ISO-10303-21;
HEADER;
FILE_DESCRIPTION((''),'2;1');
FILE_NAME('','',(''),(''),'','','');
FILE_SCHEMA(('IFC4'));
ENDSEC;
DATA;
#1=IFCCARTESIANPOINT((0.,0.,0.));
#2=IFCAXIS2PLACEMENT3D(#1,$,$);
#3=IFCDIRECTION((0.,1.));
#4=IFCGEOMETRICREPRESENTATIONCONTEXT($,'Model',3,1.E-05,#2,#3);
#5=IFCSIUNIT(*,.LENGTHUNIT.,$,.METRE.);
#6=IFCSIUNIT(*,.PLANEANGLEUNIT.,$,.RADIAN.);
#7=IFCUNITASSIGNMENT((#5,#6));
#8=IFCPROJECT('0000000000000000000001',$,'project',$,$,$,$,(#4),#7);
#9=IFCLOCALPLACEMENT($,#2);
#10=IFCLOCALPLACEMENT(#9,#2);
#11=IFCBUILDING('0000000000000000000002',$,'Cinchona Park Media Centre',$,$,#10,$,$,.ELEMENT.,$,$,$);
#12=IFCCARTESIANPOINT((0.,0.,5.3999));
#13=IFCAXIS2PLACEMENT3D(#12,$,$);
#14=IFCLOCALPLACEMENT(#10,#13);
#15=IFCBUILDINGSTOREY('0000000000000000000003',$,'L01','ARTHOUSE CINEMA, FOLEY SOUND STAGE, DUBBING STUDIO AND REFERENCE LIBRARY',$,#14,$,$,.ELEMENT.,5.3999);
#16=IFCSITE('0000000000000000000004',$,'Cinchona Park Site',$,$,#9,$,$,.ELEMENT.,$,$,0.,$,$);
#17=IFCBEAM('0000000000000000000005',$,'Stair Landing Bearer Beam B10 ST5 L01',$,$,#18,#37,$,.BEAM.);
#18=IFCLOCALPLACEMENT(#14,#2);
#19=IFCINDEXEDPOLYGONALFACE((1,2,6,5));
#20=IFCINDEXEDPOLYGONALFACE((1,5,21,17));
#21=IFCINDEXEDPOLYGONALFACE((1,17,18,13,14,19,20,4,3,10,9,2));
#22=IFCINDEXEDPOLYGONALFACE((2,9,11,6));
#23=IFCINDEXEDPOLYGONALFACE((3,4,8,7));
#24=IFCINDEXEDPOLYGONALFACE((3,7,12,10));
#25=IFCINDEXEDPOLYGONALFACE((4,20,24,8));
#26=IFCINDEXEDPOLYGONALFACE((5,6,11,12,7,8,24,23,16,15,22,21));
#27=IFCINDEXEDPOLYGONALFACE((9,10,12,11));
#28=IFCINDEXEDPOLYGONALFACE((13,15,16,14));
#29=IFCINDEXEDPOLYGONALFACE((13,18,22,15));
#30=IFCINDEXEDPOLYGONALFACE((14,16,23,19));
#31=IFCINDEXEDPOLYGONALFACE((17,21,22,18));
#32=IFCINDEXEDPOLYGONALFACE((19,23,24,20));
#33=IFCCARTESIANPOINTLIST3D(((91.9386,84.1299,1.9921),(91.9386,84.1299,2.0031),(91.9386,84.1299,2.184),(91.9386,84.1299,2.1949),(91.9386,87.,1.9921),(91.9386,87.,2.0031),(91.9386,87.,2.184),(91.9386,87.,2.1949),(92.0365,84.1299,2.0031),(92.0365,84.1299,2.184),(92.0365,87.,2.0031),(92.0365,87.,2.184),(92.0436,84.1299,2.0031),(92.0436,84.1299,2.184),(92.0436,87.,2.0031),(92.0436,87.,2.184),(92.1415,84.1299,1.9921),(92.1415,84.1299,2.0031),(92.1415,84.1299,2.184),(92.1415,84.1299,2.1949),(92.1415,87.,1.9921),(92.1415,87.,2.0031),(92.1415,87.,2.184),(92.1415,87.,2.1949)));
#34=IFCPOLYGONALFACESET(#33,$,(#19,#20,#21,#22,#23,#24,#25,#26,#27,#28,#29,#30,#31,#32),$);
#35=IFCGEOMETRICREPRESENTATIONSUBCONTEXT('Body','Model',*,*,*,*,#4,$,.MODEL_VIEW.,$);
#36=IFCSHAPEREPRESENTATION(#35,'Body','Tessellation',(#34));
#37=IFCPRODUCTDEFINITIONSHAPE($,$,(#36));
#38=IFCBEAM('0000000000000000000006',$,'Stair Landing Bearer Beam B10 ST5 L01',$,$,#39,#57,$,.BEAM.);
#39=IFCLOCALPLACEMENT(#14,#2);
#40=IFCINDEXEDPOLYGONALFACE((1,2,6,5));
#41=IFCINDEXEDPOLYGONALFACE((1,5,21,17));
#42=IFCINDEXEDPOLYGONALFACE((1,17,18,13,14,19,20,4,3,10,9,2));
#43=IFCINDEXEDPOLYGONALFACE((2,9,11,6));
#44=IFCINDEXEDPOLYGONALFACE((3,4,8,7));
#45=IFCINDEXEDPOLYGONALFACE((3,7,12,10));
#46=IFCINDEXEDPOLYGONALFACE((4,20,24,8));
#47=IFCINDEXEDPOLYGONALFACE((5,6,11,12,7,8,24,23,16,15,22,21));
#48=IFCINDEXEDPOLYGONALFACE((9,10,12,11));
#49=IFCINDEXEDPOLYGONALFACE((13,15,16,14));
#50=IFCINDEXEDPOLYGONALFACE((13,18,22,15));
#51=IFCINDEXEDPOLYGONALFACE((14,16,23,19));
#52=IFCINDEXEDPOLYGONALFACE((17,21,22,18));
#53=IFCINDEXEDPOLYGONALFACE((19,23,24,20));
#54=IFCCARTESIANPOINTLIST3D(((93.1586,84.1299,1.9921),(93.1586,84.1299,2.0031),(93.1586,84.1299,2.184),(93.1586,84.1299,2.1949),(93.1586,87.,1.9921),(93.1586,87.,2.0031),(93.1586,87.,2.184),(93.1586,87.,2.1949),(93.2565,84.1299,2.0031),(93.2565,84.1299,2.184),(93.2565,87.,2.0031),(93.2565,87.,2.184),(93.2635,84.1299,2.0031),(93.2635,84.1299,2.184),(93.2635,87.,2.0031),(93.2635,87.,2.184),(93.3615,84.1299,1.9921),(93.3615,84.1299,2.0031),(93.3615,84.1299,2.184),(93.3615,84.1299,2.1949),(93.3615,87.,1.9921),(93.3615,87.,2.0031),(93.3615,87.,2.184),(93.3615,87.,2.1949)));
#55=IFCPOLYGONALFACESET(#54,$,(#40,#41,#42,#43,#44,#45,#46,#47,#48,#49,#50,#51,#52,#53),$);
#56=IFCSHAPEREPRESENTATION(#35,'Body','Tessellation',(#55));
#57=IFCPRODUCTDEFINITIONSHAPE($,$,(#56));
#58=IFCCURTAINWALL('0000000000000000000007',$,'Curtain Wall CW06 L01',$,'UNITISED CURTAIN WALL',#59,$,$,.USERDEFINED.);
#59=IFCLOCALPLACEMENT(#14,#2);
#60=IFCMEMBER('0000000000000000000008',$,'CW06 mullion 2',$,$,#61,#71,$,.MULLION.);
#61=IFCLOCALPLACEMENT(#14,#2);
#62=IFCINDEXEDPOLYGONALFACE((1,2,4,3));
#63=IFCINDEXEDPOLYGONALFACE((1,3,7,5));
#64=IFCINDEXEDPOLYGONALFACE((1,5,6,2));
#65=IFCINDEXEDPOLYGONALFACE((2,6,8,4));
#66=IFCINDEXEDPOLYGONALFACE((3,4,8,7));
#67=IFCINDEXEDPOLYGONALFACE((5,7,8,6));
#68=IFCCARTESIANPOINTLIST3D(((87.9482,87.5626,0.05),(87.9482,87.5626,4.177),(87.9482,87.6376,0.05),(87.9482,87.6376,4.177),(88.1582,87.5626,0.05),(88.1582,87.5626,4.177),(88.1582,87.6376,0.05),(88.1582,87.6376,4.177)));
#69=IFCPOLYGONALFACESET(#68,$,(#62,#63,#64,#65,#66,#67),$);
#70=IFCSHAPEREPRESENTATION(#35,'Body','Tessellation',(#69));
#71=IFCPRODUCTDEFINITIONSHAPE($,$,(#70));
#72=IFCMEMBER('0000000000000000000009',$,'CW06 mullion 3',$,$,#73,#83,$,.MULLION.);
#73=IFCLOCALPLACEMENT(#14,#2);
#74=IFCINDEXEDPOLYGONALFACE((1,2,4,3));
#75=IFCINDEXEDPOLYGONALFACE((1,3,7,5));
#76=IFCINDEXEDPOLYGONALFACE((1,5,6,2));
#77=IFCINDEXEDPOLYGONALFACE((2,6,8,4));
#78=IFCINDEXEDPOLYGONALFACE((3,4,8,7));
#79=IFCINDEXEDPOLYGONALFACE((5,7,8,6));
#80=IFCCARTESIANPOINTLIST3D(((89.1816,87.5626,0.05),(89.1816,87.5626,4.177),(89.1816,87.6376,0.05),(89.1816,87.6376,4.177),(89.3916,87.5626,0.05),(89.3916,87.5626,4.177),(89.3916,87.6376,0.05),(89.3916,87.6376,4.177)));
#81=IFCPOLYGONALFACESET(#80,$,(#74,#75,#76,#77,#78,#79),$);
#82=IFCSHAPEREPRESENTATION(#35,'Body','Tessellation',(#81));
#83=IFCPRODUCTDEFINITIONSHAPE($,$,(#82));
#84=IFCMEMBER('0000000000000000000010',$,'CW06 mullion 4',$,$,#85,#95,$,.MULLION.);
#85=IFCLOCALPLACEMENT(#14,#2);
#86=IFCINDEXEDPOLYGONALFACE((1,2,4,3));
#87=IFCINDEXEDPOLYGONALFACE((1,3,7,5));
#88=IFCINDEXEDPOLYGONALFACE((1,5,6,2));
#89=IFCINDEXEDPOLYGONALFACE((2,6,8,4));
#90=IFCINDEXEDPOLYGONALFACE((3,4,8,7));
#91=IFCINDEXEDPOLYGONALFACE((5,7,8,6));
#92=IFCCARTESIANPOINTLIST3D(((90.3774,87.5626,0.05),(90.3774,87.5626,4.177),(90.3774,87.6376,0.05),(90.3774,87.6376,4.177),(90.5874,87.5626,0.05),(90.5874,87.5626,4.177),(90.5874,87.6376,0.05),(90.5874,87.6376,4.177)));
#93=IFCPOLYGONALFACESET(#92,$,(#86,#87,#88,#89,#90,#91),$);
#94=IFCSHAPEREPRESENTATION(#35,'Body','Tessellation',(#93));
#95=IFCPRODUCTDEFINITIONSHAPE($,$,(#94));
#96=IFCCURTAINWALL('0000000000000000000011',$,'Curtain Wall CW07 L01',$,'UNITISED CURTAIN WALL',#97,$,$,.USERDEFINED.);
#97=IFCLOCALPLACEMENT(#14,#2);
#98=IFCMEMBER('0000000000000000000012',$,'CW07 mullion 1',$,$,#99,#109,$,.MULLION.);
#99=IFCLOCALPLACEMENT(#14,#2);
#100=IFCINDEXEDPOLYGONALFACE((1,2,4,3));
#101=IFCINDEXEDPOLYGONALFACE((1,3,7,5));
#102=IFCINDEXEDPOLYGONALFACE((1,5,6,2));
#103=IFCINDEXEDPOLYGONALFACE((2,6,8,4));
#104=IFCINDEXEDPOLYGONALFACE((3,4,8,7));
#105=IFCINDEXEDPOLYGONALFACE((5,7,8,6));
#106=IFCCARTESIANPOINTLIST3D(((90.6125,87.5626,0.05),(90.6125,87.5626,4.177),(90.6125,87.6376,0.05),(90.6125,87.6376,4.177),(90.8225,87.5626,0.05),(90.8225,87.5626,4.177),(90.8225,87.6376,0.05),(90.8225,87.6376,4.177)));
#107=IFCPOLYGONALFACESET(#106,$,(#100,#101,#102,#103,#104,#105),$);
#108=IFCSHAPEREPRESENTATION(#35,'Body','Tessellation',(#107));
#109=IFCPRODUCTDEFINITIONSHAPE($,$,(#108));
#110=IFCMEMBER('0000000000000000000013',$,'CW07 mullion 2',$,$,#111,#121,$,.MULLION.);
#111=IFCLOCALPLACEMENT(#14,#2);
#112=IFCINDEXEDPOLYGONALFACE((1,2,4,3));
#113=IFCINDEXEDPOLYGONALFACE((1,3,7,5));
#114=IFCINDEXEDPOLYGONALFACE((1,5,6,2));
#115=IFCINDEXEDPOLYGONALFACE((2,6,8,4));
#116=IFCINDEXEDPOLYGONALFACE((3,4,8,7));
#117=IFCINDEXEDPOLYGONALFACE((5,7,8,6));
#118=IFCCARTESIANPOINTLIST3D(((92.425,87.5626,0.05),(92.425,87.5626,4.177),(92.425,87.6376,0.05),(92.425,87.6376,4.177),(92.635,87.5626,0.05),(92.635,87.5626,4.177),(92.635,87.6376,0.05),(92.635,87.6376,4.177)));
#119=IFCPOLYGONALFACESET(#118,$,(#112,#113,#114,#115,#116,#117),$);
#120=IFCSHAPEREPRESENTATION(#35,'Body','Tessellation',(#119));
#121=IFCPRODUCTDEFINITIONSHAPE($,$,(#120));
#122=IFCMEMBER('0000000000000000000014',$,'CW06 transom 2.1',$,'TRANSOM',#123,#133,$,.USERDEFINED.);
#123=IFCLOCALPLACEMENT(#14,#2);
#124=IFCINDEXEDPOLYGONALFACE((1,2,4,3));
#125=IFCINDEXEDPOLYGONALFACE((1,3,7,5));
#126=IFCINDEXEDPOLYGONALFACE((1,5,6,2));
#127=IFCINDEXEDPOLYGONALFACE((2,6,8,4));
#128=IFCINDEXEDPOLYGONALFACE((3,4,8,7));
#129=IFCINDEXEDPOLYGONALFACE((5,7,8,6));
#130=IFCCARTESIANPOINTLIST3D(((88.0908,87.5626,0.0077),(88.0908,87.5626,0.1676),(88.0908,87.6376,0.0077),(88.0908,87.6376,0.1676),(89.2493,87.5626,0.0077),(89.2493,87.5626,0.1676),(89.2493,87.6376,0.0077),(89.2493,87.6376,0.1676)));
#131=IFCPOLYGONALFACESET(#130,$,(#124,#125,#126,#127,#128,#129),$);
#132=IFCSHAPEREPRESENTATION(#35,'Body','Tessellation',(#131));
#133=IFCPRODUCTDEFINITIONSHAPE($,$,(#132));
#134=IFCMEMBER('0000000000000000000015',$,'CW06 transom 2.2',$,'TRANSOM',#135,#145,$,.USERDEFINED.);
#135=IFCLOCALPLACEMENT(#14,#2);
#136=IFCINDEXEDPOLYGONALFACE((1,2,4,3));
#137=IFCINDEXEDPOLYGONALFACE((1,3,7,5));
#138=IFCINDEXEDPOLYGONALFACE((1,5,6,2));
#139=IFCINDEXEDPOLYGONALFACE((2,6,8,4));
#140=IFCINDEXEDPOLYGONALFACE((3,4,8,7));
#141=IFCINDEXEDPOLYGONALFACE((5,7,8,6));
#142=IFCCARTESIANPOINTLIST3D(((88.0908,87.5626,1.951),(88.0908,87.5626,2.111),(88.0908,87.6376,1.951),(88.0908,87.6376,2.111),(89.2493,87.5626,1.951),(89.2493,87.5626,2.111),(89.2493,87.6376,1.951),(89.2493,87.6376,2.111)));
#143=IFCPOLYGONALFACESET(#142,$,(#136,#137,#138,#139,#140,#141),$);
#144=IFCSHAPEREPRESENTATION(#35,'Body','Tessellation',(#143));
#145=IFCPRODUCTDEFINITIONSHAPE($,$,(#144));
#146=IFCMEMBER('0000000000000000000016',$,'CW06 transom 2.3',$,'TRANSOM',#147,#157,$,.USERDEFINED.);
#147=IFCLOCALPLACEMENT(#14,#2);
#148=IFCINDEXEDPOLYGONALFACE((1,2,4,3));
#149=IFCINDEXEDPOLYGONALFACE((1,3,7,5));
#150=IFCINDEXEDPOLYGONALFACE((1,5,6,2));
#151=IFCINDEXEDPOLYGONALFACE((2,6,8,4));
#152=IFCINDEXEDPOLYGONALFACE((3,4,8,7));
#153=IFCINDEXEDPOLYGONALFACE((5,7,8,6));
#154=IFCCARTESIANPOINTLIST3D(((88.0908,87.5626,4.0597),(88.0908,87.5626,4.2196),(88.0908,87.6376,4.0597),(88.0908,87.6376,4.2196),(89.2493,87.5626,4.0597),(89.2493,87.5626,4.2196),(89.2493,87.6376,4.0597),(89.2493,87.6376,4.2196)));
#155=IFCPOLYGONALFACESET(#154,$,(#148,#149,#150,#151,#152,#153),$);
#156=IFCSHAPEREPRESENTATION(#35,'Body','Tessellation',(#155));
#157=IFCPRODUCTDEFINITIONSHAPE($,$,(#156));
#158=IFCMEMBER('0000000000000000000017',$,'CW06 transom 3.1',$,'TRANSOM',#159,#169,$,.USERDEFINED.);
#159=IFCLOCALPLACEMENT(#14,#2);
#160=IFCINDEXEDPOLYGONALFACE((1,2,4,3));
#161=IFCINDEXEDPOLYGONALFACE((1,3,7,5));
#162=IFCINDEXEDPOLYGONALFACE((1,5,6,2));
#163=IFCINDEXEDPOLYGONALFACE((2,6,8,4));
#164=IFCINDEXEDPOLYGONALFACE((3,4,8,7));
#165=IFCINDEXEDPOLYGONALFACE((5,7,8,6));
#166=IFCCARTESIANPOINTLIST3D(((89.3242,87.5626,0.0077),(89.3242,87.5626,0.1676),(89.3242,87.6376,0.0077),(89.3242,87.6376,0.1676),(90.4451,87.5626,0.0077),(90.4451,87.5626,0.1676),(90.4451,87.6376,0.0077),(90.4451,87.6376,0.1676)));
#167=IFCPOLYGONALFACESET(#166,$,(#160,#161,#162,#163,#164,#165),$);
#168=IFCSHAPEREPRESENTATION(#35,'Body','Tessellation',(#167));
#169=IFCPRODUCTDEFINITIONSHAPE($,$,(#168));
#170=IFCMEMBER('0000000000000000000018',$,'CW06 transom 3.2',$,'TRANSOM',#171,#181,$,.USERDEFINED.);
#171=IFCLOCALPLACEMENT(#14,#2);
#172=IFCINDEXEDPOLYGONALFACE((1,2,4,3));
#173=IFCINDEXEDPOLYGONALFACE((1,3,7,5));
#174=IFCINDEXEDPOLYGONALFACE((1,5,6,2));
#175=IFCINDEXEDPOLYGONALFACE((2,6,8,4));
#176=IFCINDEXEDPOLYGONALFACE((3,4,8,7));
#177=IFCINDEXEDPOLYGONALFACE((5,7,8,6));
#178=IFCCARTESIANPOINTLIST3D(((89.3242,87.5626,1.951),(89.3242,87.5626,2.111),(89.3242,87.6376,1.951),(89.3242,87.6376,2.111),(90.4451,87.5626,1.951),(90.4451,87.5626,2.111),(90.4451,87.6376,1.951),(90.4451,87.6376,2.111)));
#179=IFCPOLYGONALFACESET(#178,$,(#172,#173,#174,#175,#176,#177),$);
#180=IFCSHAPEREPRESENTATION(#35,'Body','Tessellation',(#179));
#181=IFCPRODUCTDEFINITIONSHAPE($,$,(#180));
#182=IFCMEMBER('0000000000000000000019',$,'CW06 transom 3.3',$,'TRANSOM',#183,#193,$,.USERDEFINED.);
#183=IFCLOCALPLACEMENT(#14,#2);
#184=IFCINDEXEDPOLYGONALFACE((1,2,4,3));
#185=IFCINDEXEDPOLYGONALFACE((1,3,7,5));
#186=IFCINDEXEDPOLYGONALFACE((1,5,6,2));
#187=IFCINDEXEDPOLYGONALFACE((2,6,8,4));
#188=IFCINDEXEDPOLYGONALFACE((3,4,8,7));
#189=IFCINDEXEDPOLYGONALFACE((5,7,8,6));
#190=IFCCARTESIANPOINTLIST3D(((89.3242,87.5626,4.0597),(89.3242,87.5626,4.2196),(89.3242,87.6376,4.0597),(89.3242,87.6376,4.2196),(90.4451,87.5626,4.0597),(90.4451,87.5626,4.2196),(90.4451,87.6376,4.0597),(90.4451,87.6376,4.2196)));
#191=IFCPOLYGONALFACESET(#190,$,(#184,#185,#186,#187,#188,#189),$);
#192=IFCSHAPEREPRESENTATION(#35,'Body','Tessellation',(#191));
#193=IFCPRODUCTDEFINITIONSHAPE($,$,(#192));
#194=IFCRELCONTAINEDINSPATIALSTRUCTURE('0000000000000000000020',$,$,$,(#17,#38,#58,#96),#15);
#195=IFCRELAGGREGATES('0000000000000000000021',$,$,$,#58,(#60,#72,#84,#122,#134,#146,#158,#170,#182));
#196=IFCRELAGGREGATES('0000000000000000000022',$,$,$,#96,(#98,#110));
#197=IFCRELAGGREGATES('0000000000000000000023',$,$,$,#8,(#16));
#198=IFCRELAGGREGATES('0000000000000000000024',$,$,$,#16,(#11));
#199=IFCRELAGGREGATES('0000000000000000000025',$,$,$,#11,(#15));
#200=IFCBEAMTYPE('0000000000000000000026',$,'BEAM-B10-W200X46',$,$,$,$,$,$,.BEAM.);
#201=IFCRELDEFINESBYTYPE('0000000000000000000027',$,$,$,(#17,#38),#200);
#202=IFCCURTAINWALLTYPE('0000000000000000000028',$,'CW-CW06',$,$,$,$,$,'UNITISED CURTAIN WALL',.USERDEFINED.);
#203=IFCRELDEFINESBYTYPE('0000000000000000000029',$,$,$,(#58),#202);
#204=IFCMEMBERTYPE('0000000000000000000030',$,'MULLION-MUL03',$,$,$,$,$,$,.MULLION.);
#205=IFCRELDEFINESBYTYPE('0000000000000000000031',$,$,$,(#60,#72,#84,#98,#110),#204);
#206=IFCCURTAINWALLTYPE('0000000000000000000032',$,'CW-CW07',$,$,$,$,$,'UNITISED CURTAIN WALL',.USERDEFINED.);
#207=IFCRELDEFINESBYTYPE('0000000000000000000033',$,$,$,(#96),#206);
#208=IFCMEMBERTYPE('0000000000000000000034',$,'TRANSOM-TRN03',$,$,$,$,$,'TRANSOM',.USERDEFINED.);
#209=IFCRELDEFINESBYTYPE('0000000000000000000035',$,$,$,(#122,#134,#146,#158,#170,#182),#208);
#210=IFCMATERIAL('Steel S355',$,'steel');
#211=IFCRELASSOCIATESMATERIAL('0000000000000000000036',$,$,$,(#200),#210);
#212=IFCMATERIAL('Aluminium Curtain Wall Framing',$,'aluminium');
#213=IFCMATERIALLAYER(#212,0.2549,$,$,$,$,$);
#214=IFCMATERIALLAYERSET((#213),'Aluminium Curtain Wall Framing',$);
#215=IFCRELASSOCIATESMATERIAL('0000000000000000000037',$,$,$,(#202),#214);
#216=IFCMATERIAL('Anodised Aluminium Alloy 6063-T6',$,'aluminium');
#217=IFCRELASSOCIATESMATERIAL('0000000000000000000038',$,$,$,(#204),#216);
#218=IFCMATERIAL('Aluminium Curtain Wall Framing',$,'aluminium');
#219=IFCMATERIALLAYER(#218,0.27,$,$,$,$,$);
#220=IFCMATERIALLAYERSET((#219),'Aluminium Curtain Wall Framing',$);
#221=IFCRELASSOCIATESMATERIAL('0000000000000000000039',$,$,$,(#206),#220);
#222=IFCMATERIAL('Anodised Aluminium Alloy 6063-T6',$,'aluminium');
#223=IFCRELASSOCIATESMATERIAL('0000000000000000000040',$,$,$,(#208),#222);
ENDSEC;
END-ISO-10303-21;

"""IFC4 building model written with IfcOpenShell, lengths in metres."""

from ifc_helpers import new_model, si_unit, direction, frame, origin, origin_2d, place, context, subcontext, project, spatial, rectangle, i_section, extrude, material, layer, layer_set, material_profile, profile_set, type_object, element, aggregate, save


model = new_model("IFC4")

# Units and contexts
model_context = context("Model", 3, precision=1e-05, world=origin(), true_north=direction((0.0, 1.0)))
body_context = subcontext(model_context, "Body", "Model", "MODEL_VIEW")
ifc_project = project(units=[si_unit("LENGTHUNIT", "METRE"), si_unit("PLANEANGLEUNIT", "RADIAN")], contexts=[model_context])

# Site, building, storey
site_placement = place(None, origin())
site = spatial("IfcSite", under=ifc_project, at=site_placement, Name="Cinchona Park Site", CompositionType="ELEMENT", RefElevation=0.0)
building_placement = place(site_placement, origin())
building = spatial("IfcBuilding", under=site, at=building_placement, Name="Cinchona Park Media Centre", CompositionType="ELEMENT")
storey_placement = place(building_placement, frame((0.0, 0.0, 5.3999)))
storey = spatial("IfcBuildingStorey", under=building, at=storey_placement, Name="L01", Description="ARTHOUSE CINEMA, FOLEY SOUND STAGE, DUBBING STUDIO AND REFERENCE LIBRARY", CompositionType="ELEMENT", Elevation=5.3999)

# Beams
ifc_material_1 = material(Name="Steel S355", Category="steel")
ifc_material_profile_1 = material_profile(ifc_material_1, i_section(OverallWidth=0.2029, OverallDepth=0.2029, WebThickness=0.0071, FlangeThickness=0.011, at=origin_2d()), Name="W200X46")
ifc_profile_set_1 = profile_set([ifc_material_profile_1], Name="Steel S355")
beam_type = type_object("IfcBeamType", Name="BEAM-B10-W200X46", PredefinedType="BEAM", material=ifc_profile_set_1)
for number, where, z_axis, x_axis, name in (
    (1, (92.04, 84.1299, 2.0935), (0.0, 1.0, 0.0), (-1.0, 0.0, 0.0), "Stair Landing Bearer Beam B10 ST5 L01"),
    (2, (93.26, 84.1299, 2.0935), (0.0, 1.0, 0.0), (-1.0, 0.0, 0.0), "Stair Landing Bearer Beam B10 ST5 L01"),
):
    element("IfcBeam", number, at=place(storey_placement, frame(where, z_axis=z_axis, x_axis=x_axis)), inside=storey, type_object=beam_type, Name=name, PredefinedType="BEAM", context=body_context, shape_type="SweptSolid", body=[
        extrude(i_section(OverallWidth=0.2029, OverallDepth=0.2029, WebThickness=0.0071, FlangeThickness=0.011, at=origin_2d()), origin(), (0.0, 0.0, 1.0), 2.8701),
    ])

# Curtain walls, members
ifc_material_2 = material(Name="Aluminium Curtain Wall Framing", Category="aluminium")
ifc_layer_1 = layer(ifc_material_2, 0.2549)
ifc_layer_set_1 = layer_set([ifc_layer_1], Name="Aluminium Curtain Wall Framing")
curtain_wall_type_1 = type_object("IfcCurtainWallType", Name="CW-CW06", ElementType="UNITISED CURTAIN WALL", PredefinedType="USERDEFINED", material=ifc_layer_set_1)
curtain_wall_1_placement = place(storey_placement, origin())
curtain_wall_1 = element("IfcCurtainWall", 3, at=curtain_wall_1_placement, inside=storey, type_object=curtain_wall_type_1, Name="Curtain Wall CW06 L01", ObjectType="UNITISED CURTAIN WALL", PredefinedType="USERDEFINED")
ifc_material_3 = material(Name="Anodised Aluminium Alloy 6063-T6", Category="aluminium")
ifc_material_profile_2 = material_profile(ifc_material_3, rectangle(XDim=0.075, YDim=0.21, at=origin_2d()), Name="MUL-75X210")
ifc_profile_set_2 = profile_set([ifc_material_profile_2], Name="Anodised Aluminium Alloy 6063-T6")
member_type_1 = type_object("IfcMemberType", Name="MULLION-MUL03", PredefinedType="MULLION", material=ifc_profile_set_2)
member_1_placement = place(storey_placement, frame((88.0532, 87.6001, 0.05), z_axis=(0.0, 0.0, 1.0), x_axis=(0.0, 1.0, 0.0)))
member_1 = element("IfcMember", 4, at=member_1_placement, type_object=member_type_1, Name="CW06 mullion 2", PredefinedType="MULLION", context=body_context, shape_type="SweptSolid", body=[
    extrude(rectangle(XDim=0.075, YDim=0.21, at=origin_2d()), origin(), (0.0, 0.0, 1.0), 4.127),
])
member_2_placement = place(storey_placement, frame((89.2866, 87.6001, 0.05), z_axis=(0.0, 0.0, 1.0), x_axis=(0.0, 1.0, 0.0)))
member_2 = element("IfcMember", 5, at=member_2_placement, type_object=member_type_1, Name="CW06 mullion 3", PredefinedType="MULLION", context=body_context, shape_type="SweptSolid", body=[
    extrude(rectangle(XDim=0.075, YDim=0.21, at=origin_2d()), origin(), (0.0, 0.0, 1.0), 4.127),
])
member_3_placement = place(storey_placement, frame((90.4824, 87.6001, 0.05), z_axis=(0.0, 0.0, 1.0), x_axis=(0.0, 1.0, 0.0)))
member_3 = element("IfcMember", 6, at=member_3_placement, type_object=member_type_1, Name="CW06 mullion 4", PredefinedType="MULLION", context=body_context, shape_type="SweptSolid", body=[
    extrude(rectangle(XDim=0.075, YDim=0.21, at=origin_2d()), origin(), (0.0, 0.0, 1.0), 4.127),
])
ifc_material_4 = material(Name="Aluminium Curtain Wall Framing", Category="aluminium")
ifc_layer_2 = layer(ifc_material_4, 0.27)
ifc_layer_set_2 = layer_set([ifc_layer_2], Name="Aluminium Curtain Wall Framing")
curtain_wall_type_2 = type_object("IfcCurtainWallType", Name="CW-CW07", ElementType="UNITISED CURTAIN WALL", PredefinedType="USERDEFINED", material=ifc_layer_set_2)
curtain_wall_2_placement = place(storey_placement, origin())
curtain_wall_2 = element("IfcCurtainWall", 7, at=curtain_wall_2_placement, inside=storey, type_object=curtain_wall_type_2, Name="Curtain Wall CW07 L01", ObjectType="UNITISED CURTAIN WALL", PredefinedType="USERDEFINED")
member_4_placement = place(storey_placement, frame((90.7175, 87.6001, 0.05), z_axis=(0.0, 0.0, 1.0), x_axis=(0.0, 1.0, 0.0)))
member_4 = element("IfcMember", 8, at=member_4_placement, type_object=member_type_1, Name="CW07 mullion 1", PredefinedType="MULLION", context=body_context, shape_type="SweptSolid", body=[
    extrude(rectangle(XDim=0.075, YDim=0.21, at=origin_2d()), origin(), (0.0, 0.0, 1.0), 4.127),
])
member_5_placement = place(storey_placement, frame((92.53, 87.6001, 0.05), z_axis=(0.0, 0.0, 1.0), x_axis=(0.0, 1.0, 0.0)))
member_5 = element("IfcMember", 9, at=member_5_placement, type_object=member_type_1, Name="CW07 mullion 2", PredefinedType="MULLION", context=body_context, shape_type="SweptSolid", body=[
    extrude(rectangle(XDim=0.075, YDim=0.21, at=origin_2d()), origin(), (0.0, 0.0, 1.0), 4.127),
])

# Members
ifc_material_5 = material(Name="Anodised Aluminium Alloy 6063-T6", Category="aluminium")
ifc_material_profile_3 = material_profile(ifc_material_5, rectangle(XDim=0.075, YDim=0.1599, at=origin_2d()), Name="TRN-75X160")
ifc_profile_set_3 = profile_set([ifc_material_profile_3], Name="Anodised Aluminium Alloy 6063-T6")
member_type_2 = type_object("IfcMemberType", Name="TRANSOM-TRN03", ElementType="TRANSOM", PredefinedType="USERDEFINED", material=ifc_profile_set_3)
member_6_placement = place(storey_placement, frame((88.0908, 87.6001, 0.0876), z_axis=(1.0, 0.0, 0.0), x_axis=(0.0, 1.0, 0.0)))
member_6 = element("IfcMember", 10, at=member_6_placement, type_object=member_type_2, Name="CW06 transom 2.1", ObjectType="TRANSOM", PredefinedType="USERDEFINED", context=body_context, shape_type="SweptSolid", body=[
    extrude(rectangle(XDim=0.075, YDim=0.1599, at=origin_2d()), origin(), (0.0, 0.0, 1.0), 1.1584),
])
member_7_placement = place(storey_placement, frame((88.0908, 87.6001, 2.031), z_axis=(1.0, 0.0, 0.0), x_axis=(0.0, 1.0, 0.0)))
member_7 = element("IfcMember", 11, at=member_7_placement, type_object=member_type_2, Name="CW06 transom 2.2", ObjectType="TRANSOM", PredefinedType="USERDEFINED", context=body_context, shape_type="SweptSolid", body=[
    extrude(rectangle(XDim=0.075, YDim=0.1599, at=origin_2d()), origin(), (0.0, 0.0, 1.0), 1.1584),
])
member_8_placement = place(storey_placement, frame((88.0908, 87.6001, 4.1396), z_axis=(1.0, 0.0, 0.0), x_axis=(0.0, 1.0, 0.0)))
member_8 = element("IfcMember", 12, at=member_8_placement, type_object=member_type_2, Name="CW06 transom 2.3", ObjectType="TRANSOM", PredefinedType="USERDEFINED", context=body_context, shape_type="SweptSolid", body=[
    extrude(rectangle(XDim=0.075, YDim=0.1599, at=origin_2d()), origin(), (0.0, 0.0, 1.0), 1.1584),
])
member_9_placement = place(storey_placement, frame((89.3242, 87.6001, 0.0876), z_axis=(1.0, 0.0, 0.0), x_axis=(0.0, 1.0, 0.0)))
member_9 = element("IfcMember", 13, at=member_9_placement, type_object=member_type_2, Name="CW06 transom 3.1", ObjectType="TRANSOM", PredefinedType="USERDEFINED", context=body_context, shape_type="SweptSolid", body=[
    extrude(rectangle(XDim=0.075, YDim=0.1599, at=origin_2d()), origin(), (0.0, 0.0, 1.0), 1.1208),
])
member_10_placement = place(storey_placement, frame((89.3242, 87.6001, 2.031), z_axis=(1.0, 0.0, 0.0), x_axis=(0.0, 1.0, 0.0)))
member_10 = element("IfcMember", 14, at=member_10_placement, type_object=member_type_2, Name="CW06 transom 3.2", ObjectType="TRANSOM", PredefinedType="USERDEFINED", context=body_context, shape_type="SweptSolid", body=[
    extrude(rectangle(XDim=0.075, YDim=0.1599, at=origin_2d()), origin(), (0.0, 0.0, 1.0), 1.1208),
])
member_11_placement = place(storey_placement, frame((89.3242, 87.6001, 4.1396), z_axis=(1.0, 0.0, 0.0), x_axis=(0.0, 1.0, 0.0)))
member_11 = element("IfcMember", 15, at=member_11_placement, type_object=member_type_2, Name="CW06 transom 3.3", ObjectType="TRANSOM", PredefinedType="USERDEFINED", context=body_context, shape_type="SweptSolid", body=[
    extrude(rectangle(XDim=0.075, YDim=0.1599, at=origin_2d()), origin(), (0.0, 0.0, 1.0), 1.1208),
])

aggregate(curtain_wall_1, [member_1, member_2, member_3, member_6, member_7, member_8, member_9, member_10, member_11])
aggregate(curtain_wall_2, [member_4, member_5])

save(model, "model.ifc")
